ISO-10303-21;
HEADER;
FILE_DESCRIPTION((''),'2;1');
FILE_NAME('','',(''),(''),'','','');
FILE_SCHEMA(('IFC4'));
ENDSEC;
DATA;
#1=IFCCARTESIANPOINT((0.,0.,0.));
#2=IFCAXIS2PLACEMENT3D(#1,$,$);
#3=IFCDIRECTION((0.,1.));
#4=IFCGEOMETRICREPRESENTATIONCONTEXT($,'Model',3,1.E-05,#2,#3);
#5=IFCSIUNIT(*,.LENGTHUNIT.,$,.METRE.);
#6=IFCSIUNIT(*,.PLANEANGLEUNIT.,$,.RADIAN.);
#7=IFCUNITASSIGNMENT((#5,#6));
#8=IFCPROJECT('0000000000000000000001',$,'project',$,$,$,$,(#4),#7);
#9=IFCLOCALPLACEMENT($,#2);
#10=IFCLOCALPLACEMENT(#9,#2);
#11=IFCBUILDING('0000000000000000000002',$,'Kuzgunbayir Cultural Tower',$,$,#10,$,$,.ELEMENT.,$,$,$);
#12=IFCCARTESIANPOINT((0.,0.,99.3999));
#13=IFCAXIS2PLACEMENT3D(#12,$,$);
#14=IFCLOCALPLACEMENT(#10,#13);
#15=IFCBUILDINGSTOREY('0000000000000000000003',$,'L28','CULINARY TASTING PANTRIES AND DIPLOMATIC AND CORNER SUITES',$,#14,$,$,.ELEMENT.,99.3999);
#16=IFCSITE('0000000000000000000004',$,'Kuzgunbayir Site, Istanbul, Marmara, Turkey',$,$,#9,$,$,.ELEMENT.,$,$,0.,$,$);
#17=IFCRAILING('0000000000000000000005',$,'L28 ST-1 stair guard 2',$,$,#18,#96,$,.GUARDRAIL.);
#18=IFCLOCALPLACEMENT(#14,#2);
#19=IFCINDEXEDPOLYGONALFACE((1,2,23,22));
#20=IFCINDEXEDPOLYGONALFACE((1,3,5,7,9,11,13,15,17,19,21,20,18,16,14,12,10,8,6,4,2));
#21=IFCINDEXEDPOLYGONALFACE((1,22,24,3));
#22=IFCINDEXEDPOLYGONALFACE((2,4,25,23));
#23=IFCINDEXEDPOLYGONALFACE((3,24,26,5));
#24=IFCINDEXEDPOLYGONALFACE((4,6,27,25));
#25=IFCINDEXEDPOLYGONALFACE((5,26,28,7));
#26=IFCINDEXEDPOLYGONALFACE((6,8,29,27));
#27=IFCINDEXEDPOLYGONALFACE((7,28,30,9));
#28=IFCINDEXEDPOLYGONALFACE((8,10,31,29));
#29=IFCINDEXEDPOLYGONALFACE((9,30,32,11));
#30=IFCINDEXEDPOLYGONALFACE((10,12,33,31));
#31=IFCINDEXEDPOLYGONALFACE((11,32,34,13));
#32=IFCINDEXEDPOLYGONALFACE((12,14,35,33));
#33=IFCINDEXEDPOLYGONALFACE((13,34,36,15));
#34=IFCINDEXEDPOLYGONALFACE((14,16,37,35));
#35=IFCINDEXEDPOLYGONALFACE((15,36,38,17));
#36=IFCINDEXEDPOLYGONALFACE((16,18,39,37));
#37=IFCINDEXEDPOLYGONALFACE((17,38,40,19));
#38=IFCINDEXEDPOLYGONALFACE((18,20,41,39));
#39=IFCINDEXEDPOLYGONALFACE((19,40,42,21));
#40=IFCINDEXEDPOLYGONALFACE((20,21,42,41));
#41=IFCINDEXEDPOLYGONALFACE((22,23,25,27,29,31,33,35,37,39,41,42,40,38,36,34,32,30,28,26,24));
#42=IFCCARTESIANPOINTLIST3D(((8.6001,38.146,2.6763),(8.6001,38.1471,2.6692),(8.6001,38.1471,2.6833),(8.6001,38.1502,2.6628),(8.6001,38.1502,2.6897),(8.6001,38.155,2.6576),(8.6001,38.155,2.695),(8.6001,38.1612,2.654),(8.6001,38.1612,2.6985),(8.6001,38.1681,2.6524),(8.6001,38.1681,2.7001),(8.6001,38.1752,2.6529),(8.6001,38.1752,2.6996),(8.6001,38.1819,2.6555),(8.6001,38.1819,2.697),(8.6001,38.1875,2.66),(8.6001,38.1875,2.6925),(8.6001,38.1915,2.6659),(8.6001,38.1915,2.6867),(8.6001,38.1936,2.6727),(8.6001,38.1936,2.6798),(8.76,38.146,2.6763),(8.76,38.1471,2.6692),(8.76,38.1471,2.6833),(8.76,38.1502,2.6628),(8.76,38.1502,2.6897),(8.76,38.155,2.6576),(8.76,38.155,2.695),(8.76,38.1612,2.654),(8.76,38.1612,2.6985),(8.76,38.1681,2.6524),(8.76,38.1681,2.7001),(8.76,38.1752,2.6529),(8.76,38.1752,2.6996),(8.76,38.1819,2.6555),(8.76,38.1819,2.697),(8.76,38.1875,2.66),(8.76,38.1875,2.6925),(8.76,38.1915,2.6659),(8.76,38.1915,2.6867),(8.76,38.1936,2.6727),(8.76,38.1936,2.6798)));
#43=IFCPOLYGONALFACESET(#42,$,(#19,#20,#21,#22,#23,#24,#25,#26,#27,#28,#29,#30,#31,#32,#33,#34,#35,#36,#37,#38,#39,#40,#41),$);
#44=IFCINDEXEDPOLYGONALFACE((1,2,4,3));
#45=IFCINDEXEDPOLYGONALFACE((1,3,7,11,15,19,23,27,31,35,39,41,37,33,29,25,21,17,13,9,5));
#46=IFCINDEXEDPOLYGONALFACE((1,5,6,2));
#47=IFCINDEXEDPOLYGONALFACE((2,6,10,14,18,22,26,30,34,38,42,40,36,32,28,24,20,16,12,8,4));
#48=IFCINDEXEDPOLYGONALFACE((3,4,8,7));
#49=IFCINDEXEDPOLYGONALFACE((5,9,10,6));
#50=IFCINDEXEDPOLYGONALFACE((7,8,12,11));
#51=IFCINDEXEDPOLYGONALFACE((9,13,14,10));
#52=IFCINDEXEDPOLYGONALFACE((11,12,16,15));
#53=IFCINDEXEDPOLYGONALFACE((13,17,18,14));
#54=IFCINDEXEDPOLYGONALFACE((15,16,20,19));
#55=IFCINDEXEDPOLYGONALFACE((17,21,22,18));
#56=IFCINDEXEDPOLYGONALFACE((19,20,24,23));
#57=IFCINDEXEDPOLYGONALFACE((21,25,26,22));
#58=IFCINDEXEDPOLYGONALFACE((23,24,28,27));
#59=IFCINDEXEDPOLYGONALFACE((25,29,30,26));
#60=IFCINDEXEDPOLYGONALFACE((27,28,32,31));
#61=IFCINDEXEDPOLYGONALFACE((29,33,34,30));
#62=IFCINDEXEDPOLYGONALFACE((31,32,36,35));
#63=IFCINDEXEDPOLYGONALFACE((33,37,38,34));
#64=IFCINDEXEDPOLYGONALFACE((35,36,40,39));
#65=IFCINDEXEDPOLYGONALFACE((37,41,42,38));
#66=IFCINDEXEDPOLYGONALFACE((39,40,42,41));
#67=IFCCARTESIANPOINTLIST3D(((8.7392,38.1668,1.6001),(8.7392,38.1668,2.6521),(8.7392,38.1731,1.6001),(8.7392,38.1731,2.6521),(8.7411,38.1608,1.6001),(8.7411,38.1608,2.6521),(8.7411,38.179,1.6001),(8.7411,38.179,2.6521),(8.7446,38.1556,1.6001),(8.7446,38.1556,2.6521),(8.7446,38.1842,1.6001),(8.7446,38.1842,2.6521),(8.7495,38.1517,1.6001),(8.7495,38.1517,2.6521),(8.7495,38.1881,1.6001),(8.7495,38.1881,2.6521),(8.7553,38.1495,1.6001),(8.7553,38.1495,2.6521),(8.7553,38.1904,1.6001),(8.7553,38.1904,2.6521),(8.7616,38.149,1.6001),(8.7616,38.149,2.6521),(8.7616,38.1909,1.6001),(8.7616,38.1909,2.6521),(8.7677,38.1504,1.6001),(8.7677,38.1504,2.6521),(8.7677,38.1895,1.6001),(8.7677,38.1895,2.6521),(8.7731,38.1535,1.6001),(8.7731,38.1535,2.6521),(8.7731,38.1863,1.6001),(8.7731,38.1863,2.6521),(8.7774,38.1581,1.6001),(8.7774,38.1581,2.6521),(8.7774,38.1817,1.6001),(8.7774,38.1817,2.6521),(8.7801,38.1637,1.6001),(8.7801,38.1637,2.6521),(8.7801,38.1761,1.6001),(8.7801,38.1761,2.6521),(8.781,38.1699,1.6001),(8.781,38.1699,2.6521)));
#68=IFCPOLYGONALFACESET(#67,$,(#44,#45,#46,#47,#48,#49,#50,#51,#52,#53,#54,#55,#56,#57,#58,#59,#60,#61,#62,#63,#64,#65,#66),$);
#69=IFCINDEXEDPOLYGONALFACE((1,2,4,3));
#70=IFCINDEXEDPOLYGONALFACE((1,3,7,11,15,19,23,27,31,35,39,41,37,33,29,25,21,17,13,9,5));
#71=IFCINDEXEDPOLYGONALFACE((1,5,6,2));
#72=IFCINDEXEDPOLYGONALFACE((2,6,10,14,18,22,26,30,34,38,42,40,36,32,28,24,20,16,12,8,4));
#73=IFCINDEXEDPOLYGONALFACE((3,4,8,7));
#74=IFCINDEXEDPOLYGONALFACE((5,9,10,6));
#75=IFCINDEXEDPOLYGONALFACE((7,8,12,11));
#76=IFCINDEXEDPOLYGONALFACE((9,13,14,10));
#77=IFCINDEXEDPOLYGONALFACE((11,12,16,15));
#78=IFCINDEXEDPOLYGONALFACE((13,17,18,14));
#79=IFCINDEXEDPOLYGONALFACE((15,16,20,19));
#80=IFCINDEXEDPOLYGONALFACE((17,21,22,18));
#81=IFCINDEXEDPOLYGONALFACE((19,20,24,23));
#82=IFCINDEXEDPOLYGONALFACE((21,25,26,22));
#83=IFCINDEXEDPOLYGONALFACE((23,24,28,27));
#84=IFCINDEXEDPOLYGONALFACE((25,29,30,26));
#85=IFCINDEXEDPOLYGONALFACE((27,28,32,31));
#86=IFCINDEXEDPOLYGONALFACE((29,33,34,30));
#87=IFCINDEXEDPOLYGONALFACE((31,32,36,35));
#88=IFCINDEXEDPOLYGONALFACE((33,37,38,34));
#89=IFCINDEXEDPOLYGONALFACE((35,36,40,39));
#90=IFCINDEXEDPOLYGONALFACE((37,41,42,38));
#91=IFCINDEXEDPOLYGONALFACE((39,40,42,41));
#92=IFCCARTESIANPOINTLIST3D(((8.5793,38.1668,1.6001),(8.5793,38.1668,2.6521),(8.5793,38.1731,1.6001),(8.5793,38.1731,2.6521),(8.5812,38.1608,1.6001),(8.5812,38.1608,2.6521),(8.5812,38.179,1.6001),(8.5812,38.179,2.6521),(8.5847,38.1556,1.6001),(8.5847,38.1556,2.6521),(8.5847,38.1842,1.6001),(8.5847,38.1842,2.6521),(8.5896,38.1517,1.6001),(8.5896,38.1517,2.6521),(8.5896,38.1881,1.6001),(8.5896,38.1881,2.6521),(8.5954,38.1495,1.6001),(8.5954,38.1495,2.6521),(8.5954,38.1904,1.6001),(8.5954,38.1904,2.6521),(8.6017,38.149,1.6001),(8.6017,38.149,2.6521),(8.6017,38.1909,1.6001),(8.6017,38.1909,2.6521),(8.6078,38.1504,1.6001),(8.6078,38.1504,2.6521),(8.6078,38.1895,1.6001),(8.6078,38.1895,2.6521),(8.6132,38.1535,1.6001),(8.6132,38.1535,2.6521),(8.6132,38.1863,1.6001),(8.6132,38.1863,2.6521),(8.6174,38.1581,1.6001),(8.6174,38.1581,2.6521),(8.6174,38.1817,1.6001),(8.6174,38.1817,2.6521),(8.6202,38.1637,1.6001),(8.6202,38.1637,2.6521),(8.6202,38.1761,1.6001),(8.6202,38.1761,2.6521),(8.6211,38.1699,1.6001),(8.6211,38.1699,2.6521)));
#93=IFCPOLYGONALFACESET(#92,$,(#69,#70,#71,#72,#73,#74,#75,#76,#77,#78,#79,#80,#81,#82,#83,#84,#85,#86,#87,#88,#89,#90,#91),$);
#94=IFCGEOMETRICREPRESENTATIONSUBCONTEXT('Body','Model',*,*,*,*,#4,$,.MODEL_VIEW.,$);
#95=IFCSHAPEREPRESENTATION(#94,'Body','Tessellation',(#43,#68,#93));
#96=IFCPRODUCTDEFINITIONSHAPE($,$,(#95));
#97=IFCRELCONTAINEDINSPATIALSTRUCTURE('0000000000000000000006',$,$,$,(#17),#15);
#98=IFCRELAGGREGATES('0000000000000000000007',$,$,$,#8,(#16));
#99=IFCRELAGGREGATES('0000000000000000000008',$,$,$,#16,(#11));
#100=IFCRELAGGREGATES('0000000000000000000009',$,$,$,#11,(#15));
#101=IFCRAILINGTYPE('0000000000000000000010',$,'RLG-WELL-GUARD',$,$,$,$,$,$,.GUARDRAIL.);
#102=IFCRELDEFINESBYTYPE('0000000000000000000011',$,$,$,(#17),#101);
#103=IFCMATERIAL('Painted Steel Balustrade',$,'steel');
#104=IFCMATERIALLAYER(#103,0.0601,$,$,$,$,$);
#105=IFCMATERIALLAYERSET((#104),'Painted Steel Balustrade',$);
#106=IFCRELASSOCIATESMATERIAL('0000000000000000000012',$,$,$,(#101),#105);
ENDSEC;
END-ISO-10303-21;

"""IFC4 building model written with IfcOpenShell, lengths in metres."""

from ifc_helpers import new_model, si_unit, direction, frame, origin, origin_2d, place, context, subcontext, project, spatial, circle, extrude, material, layer, layer_set, type_object, element, save


model = new_model("IFC4")

# Units and contexts
model_context = context("Model", 3, precision=1e-05, world=origin(), true_north=direction((0.0, 1.0)))
body_context = subcontext(model_context, "Body", "Model", "MODEL_VIEW")
ifc_project = project(units=[si_unit("LENGTHUNIT", "METRE"), si_unit("PLANEANGLEUNIT", "RADIAN")], contexts=[model_context])

# Site, building, storey
site_placement = place(None, origin())
site = spatial("IfcSite", under=ifc_project, at=site_placement, Name="Kuzgunbayir Site, Istanbul, Marmara, Turkey", CompositionType="ELEMENT", RefElevation=0.0)
building_placement = place(site_placement, origin())
building = spatial("IfcBuilding", under=site, at=building_placement, Name="Kuzgunbayir Cultural Tower", CompositionType="ELEMENT")
storey_placement = place(building_placement, frame((0.0, 0.0, 99.3999)))
storey = spatial("IfcBuildingStorey", under=building, at=storey_placement, Name="L28", Description="CULINARY TASTING PANTRIES AND DIPLOMATIC AND CORNER SUITES", CompositionType="ELEMENT", Elevation=99.3999)

# Railing
ifc_material_1 = material(Name="Painted Steel Balustrade", Category="steel")
ifc_layer_1 = layer(ifc_material_1, 0.0601)
ifc_layer_set_1 = layer_set([ifc_layer_1], Name="Painted Steel Balustrade")
railing_type_1 = type_object("IfcRailingType", Name="RLG-WELL-GUARD", PredefinedType="GUARDRAIL", material=ifc_layer_set_1)
railing_1_placement = place(storey_placement, frame((8.76, 38.1699, 1.6001)))
element("IfcRailing", 1, at=railing_1_placement, inside=storey, type_object=railing_type_1, Name="L28 ST-1 stair guard 2", PredefinedType="GUARDRAIL", context=body_context, shape_type="SweptSolid", body=[
    extrude(circle(Radius=0.0239, at=origin_2d()), frame((0.0, 0.0, 1.0762), z_axis=(-1.0, 0.0, 0.0), x_axis=(0.0, -1.0, 0.0)), (0.0, 0.0, 1.0), 0.1599),
    extrude(circle(Radius=0.021, at=origin_2d()), origin(), (0.0, 0.0, 1.0), 1.052),
    extrude(circle(Radius=0.021, at=origin_2d()), frame((-0.1599, 0.0, 0.0)), (0.0, 0.0, 1.0), 1.052),
])

save(model, "model.ifc")
